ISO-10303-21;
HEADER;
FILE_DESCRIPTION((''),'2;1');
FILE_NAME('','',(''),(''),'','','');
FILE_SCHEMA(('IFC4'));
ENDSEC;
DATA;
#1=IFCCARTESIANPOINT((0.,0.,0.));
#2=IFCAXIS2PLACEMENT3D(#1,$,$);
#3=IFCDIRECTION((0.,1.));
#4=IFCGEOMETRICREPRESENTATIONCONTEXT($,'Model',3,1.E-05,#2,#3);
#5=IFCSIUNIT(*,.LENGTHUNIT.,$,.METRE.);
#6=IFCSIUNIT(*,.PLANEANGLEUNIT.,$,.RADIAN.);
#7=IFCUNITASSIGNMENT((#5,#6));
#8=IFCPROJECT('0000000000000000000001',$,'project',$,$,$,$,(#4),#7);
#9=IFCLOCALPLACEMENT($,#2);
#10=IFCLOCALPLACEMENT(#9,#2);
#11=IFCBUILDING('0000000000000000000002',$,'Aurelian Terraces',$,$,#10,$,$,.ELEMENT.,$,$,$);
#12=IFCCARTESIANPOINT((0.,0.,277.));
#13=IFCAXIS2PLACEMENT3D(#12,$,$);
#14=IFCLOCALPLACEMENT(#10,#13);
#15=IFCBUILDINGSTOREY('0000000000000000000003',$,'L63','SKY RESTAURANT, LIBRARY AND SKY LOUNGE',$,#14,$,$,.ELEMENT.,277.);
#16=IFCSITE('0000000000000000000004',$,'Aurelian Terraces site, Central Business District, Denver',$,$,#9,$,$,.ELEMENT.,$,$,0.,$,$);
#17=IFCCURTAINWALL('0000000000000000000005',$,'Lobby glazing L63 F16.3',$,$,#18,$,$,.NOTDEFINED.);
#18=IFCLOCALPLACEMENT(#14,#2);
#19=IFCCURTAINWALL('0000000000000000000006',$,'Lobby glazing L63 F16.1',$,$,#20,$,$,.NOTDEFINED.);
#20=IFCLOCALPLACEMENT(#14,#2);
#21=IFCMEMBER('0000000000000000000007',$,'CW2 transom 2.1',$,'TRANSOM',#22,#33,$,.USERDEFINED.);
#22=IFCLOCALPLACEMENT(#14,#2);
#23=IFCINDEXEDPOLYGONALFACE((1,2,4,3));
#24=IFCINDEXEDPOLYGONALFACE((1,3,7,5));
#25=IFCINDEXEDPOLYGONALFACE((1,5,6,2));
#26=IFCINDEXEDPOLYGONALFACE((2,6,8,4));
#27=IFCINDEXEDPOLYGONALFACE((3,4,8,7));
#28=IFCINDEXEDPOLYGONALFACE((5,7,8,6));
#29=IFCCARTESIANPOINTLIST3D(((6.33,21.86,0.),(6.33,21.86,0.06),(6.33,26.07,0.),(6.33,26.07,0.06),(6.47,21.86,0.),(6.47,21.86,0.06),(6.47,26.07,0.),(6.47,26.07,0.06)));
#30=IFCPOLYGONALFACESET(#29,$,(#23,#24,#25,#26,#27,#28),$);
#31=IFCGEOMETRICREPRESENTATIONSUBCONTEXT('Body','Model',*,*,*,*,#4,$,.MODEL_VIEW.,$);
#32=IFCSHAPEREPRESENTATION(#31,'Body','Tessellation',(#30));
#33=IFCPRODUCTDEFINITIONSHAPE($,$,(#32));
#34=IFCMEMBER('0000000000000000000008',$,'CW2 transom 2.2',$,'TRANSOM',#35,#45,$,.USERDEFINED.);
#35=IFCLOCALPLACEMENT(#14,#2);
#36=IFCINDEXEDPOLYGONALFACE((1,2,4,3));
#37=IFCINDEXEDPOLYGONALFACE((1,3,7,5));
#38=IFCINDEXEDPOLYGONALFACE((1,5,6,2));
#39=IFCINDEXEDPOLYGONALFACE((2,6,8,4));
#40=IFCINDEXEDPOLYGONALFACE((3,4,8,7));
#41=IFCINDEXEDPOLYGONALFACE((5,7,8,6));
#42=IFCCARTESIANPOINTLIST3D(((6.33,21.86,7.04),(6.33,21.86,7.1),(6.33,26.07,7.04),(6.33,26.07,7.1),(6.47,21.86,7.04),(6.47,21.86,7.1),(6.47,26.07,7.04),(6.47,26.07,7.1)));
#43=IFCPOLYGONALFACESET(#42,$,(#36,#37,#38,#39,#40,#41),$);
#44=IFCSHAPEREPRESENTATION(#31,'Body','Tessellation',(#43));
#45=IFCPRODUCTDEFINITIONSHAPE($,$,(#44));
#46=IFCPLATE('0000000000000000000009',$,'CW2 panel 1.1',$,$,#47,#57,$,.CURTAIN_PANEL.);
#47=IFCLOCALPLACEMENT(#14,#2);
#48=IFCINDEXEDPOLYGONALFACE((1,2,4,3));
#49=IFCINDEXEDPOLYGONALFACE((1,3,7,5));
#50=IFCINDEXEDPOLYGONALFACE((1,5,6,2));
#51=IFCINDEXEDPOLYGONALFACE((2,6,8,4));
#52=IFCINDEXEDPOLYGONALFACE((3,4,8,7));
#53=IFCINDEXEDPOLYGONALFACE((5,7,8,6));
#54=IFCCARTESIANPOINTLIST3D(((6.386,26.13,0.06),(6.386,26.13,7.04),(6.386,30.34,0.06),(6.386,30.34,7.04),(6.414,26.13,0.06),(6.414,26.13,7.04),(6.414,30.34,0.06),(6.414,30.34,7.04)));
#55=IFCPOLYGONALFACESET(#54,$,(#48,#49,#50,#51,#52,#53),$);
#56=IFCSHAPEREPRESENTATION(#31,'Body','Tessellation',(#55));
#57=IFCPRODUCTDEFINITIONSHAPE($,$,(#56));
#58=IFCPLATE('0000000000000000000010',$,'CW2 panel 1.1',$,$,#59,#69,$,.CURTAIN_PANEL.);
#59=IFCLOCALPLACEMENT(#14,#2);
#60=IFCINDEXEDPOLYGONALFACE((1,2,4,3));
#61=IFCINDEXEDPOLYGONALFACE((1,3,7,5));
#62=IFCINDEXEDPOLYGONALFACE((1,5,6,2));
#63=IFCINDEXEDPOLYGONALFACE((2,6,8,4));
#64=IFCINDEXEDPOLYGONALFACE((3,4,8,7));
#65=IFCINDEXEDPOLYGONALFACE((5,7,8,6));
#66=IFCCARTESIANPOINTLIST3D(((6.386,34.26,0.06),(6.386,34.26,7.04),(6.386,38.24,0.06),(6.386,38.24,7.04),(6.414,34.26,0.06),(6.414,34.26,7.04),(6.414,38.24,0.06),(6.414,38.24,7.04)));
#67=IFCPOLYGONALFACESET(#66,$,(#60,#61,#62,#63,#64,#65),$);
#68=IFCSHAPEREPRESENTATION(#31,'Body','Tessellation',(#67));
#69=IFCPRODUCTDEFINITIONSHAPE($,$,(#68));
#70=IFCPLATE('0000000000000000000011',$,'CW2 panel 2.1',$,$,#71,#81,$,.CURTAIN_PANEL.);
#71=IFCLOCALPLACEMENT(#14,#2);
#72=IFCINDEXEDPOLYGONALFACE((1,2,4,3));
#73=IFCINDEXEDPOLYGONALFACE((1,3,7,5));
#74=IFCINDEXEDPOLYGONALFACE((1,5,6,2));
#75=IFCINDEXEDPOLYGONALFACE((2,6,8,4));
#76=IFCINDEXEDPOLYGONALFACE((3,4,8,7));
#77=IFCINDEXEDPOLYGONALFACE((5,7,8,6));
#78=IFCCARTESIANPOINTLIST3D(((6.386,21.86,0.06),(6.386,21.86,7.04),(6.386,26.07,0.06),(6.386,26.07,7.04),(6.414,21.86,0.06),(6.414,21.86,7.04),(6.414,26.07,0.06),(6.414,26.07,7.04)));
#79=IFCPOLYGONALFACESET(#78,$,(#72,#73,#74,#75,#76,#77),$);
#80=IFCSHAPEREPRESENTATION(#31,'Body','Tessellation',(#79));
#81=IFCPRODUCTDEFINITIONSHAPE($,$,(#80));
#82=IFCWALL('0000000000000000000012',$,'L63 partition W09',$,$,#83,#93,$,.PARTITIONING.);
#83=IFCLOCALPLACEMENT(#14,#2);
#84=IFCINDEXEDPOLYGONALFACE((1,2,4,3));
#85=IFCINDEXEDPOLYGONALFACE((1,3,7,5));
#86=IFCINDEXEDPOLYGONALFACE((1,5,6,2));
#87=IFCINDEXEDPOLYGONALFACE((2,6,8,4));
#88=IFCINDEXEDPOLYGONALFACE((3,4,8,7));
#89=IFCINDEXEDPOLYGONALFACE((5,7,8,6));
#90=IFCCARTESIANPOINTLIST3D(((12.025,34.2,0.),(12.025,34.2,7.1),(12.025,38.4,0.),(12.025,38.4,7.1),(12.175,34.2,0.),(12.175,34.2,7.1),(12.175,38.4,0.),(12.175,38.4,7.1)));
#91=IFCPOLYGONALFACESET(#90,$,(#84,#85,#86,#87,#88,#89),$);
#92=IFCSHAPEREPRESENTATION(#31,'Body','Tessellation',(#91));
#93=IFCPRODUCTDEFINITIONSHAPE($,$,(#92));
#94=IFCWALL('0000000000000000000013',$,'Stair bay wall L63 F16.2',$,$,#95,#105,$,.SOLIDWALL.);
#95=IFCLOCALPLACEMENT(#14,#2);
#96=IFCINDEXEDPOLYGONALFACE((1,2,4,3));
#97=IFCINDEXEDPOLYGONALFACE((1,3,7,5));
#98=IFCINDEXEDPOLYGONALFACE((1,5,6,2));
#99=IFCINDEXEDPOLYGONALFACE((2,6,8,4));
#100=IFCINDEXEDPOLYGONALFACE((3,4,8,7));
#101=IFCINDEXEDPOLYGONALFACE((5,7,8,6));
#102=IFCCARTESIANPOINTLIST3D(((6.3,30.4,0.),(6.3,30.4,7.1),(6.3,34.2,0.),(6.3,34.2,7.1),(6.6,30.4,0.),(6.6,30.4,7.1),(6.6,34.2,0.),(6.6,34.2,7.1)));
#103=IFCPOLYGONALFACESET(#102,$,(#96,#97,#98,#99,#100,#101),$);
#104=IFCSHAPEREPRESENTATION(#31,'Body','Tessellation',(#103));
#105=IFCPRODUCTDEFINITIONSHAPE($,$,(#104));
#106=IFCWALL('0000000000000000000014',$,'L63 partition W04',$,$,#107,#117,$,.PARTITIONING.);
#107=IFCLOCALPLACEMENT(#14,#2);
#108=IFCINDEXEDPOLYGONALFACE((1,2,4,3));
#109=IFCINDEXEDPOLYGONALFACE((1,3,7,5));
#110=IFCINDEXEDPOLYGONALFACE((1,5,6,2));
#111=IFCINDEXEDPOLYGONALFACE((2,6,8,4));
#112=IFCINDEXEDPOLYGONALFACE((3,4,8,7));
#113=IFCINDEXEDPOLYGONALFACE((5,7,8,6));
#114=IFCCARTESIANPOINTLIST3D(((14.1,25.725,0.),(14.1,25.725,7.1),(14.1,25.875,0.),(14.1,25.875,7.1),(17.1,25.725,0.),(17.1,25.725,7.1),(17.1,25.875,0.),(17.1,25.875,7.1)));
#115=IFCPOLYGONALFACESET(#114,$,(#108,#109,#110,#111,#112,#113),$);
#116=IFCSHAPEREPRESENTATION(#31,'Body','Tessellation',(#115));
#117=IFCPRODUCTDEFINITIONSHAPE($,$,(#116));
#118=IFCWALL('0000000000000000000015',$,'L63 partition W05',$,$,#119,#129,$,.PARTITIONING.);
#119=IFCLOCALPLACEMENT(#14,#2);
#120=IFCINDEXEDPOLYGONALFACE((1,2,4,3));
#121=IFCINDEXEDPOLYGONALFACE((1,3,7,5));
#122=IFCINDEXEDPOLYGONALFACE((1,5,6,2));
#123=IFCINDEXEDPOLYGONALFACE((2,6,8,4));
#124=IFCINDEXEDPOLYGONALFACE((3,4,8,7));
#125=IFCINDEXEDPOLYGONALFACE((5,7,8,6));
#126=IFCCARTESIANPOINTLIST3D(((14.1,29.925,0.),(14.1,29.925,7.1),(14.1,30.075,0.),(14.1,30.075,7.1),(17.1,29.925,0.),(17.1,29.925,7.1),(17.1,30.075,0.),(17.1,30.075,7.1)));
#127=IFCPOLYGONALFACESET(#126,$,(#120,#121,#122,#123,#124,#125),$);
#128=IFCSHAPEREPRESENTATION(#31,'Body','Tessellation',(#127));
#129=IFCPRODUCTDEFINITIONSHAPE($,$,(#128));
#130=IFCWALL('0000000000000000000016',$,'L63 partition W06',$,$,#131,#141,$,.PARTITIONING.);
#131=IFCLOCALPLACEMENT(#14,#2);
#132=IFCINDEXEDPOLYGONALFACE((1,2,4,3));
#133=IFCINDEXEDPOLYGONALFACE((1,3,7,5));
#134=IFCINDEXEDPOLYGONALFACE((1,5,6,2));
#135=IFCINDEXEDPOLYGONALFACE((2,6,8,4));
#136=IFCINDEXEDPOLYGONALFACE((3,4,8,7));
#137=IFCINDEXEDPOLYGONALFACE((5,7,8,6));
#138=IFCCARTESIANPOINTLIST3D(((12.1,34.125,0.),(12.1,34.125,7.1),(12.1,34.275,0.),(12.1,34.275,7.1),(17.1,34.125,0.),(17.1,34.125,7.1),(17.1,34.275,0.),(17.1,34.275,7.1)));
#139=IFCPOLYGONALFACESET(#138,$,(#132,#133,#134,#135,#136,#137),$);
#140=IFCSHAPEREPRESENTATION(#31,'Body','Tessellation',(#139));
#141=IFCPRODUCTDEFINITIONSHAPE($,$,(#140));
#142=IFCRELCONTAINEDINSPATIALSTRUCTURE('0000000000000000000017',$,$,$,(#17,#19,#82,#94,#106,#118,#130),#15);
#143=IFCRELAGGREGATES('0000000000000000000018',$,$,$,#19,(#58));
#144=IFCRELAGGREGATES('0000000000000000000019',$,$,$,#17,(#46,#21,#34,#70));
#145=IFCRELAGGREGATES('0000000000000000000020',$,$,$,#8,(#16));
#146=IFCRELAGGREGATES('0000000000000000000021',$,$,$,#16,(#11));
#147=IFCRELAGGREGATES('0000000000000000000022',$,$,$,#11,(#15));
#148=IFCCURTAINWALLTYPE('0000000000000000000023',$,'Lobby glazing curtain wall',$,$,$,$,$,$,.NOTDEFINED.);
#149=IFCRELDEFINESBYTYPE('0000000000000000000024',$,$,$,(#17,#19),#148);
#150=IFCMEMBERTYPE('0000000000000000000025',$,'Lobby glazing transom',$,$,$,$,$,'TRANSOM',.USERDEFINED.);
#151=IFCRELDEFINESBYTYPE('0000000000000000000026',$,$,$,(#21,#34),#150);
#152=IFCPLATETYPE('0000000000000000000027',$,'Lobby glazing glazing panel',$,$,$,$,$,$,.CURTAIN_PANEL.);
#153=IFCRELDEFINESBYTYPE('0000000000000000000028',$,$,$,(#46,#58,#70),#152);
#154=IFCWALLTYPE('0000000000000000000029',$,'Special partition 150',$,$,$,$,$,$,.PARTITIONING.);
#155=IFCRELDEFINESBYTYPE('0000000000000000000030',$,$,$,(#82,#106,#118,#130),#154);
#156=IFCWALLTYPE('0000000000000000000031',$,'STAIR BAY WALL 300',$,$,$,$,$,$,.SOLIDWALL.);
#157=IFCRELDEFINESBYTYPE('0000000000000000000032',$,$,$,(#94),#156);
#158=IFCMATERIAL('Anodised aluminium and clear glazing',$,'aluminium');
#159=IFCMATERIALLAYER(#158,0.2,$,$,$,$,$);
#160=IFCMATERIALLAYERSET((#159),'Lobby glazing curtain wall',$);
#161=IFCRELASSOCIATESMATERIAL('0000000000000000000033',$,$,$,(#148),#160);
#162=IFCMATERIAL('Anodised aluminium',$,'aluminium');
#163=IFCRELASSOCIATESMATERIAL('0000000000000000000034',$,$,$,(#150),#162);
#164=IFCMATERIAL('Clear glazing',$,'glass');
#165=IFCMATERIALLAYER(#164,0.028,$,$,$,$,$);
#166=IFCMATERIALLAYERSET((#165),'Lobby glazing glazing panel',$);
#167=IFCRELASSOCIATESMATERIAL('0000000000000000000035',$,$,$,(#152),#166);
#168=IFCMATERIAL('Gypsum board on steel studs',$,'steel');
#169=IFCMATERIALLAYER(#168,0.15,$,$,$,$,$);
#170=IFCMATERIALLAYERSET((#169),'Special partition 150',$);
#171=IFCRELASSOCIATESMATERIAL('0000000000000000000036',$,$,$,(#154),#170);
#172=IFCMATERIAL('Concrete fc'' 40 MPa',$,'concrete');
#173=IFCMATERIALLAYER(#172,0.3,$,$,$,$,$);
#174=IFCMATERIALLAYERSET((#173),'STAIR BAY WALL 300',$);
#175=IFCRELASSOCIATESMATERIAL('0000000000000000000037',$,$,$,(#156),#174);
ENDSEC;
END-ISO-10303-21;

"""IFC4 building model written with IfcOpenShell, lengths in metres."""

from ifc_helpers import new_model, si_unit, direction, frame, frame_2d, origin, origin_2d, place, context, subcontext, project, spatial, rectangle, extrude, source, transform, mapped, material, layer, layer_set, material_profile, profile_set, type_object, element, aggregate, save


model = new_model("IFC4")

# Units and contexts
model_context = context("Model", 3, precision=1e-05, world=origin(), true_north=direction((0.0, 1.0)))
body_context = subcontext(model_context, "Body", "Model", "MODEL_VIEW")
ifc_project = project(units=[si_unit("LENGTHUNIT", "METRE"), si_unit("PLANEANGLEUNIT", "RADIAN")], contexts=[model_context])

# Site, building, storey
site_placement = place(None, origin())
site = spatial("IfcSite", under=ifc_project, at=site_placement, Name="Aurelian Terraces site, Central Business District, Denver", CompositionType="ELEMENT", RefElevation=0.0)
building_placement = place(site_placement, origin())
building = spatial("IfcBuilding", under=site, at=building_placement, Name="Aurelian Terraces", CompositionType="ELEMENT")
storey_placement = place(building_placement, frame((0.0, 0.0, 277.0)))
storey = spatial("IfcBuildingStorey", under=building, at=storey_placement, Name="L63", Description="SKY RESTAURANT, LIBRARY AND SKY LOUNGE", CompositionType="ELEMENT", Elevation=277.0)

# Curtain wall
ifc_material_1 = material(Name="Anodised aluminium and clear glazing", Category="aluminium")
ifc_layer_1 = layer(ifc_material_1, 0.2)
ifc_layer_set_1 = layer_set([ifc_layer_1], Name="Lobby glazing curtain wall")
curtain_wall_type = type_object("IfcCurtainWallType", Name="Lobby glazing curtain wall", PredefinedType="NOTDEFINED", material=ifc_layer_set_1)
curtain_wall_1_placement = place(storey_placement, origin())
curtain_wall_1 = element("IfcCurtainWall", 1, at=curtain_wall_1_placement, inside=storey, type_object=curtain_wall_type, Name="Lobby glazing L63 F16.3", PredefinedType="NOTDEFINED")
ifc_material_2 = material(Name="Anodised aluminium", Category="aluminium")
ifc_material_profile_1 = material_profile(ifc_material_2, rectangle(XDim=0.14, YDim=0.06, at=origin_2d()))
ifc_profile_set_1 = profile_set([ifc_material_profile_1], Name="Anodised aluminium")
member_type_1 = type_object("IfcMemberType", Name="Lobby glazing transom", ElementType="TRANSOM", PredefinedType="USERDEFINED", material=ifc_profile_set_1)

# Curtain wall
curtain_wall_2_placement = place(storey_placement, origin())
curtain_wall_2 = element("IfcCurtainWall", 2, at=curtain_wall_2_placement, inside=storey, type_object=curtain_wall_type, Name="Lobby glazing L63 F16.1", PredefinedType="NOTDEFINED")

# Members
shared_shape_1 = source(origin(), body_context, "Body", "SweptSolid", [
    extrude(rectangle(XDim=0.14, YDim=0.06, at=origin_2d()), origin(), (0.0, 0.0, 1.0), 4.21),
])
member_1_placement = place(storey_placement, frame((6.4, 26.07, 0.03), z_axis=(0.0, -1.0, 0.0), x_axis=(1.0, 0.0, 0.0)))
member_1 = element("IfcMember", 3, at=member_1_placement, type_object=member_type_1, Name="CW2 transom 2.1", ObjectType="TRANSOM", PredefinedType="USERDEFINED", context=body_context, shape_type="MappedRepresentation", body=[
    mapped(shared_shape_1, transform((0.0, 0.0, 0.0), scale=1.0)),
])
member_2_placement = place(storey_placement, frame((6.4, 26.07, 7.07), z_axis=(0.0, -1.0, 0.0), x_axis=(1.0, 0.0, 0.0)))
member_2 = element("IfcMember", 4, at=member_2_placement, type_object=member_type_1, Name="CW2 transom 2.2", ObjectType="TRANSOM", PredefinedType="USERDEFINED", context=body_context, shape_type="MappedRepresentation", body=[
    mapped(shared_shape_1, transform((0.0, 0.0, 0.0), scale=1.0)),
])

# Plates
ifc_material_3 = material(Name="Clear glazing", Category="glass")
ifc_layer_2 = layer(ifc_material_3, 0.028)
ifc_layer_set_2 = layer_set([ifc_layer_2], Name="Lobby glazing glazing panel")
plate_type = type_object("IfcPlateType", Name="Lobby glazing glazing panel", PredefinedType="CURTAIN_PANEL", material=ifc_layer_set_2)
plate_1_placement = place(storey_placement, frame((6.4, 28.235, 0.06), z_axis=(0.0, 0.0, 1.0), x_axis=(0.0, -1.0, 0.0)))
plate_1 = element("IfcPlate", 5, at=plate_1_placement, type_object=plate_type, Name="CW2 panel 1.1", PredefinedType="CURTAIN_PANEL", context=body_context, shape_type="SweptSolid", body=[
    extrude(rectangle(XDim=4.21, YDim=0.028, at=origin_2d()), origin(), (0.0, 0.0, 1.0), 6.98),
])
shared_shape_2 = source(origin(), body_context, "Body", "SweptSolid", [
    extrude(rectangle(XDim=3.98, YDim=0.028, at=origin_2d()), origin(), (0.0, 0.0, 1.0), 6.98),
])
plate_2_placement = place(storey_placement, frame((6.4, 36.25, 0.06), z_axis=(0.0, 0.0, 1.0), x_axis=(0.0, -1.0, 0.0)))
plate_2 = element("IfcPlate", 6, at=plate_2_placement, type_object=plate_type, Name="CW2 panel 1.1", PredefinedType="CURTAIN_PANEL", context=body_context, shape_type="MappedRepresentation", body=[
    mapped(shared_shape_2, transform((0.0, 0.0, 0.0), scale=1.0)),
])
aggregate(curtain_wall_2, [plate_2])
shared_shape_3 = source(origin(), body_context, "Body", "SweptSolid", [
    extrude(rectangle(XDim=4.21, YDim=0.028, at=origin_2d()), origin(), (0.0, 0.0, 1.0), 6.98),
])
plate_3_placement = place(storey_placement, frame((6.4, 23.965, 0.06), z_axis=(0.0, 0.0, 1.0), x_axis=(0.0, -1.0, 0.0)))
plate_3 = element("IfcPlate", 7, at=plate_3_placement, type_object=plate_type, Name="CW2 panel 2.1", PredefinedType="CURTAIN_PANEL", context=body_context, shape_type="MappedRepresentation", body=[
    mapped(shared_shape_3, transform((0.0, 0.0, 0.0), scale=1.0)),
])
aggregate(curtain_wall_1, [plate_1, member_1, member_2, plate_3])

# Walls
ifc_material_4 = material(Name="Gypsum board on steel studs", Category="steel")
ifc_layer_3 = layer(ifc_material_4, 0.15)
ifc_layer_set_3 = layer_set([ifc_layer_3], Name="Special partition 150")
wall_type_1 = type_object("IfcWallType", Name="Special partition 150", PredefinedType="PARTITIONING", material=ifc_layer_set_3)
wall_1_placement = place(storey_placement, frame((12.1, 34.2, 0.0), z_axis=(0.0, 0.0, 1.0), x_axis=(0.0, 1.0, 0.0)))
element("IfcWall", 8, at=wall_1_placement, inside=storey, type_object=wall_type_1, Name="L63 partition W09", PredefinedType="PARTITIONING", context=body_context, shape_type="SweptSolid", body=[
    extrude(rectangle(XDim=4.2, YDim=0.15, at=frame_2d((2.1, 0.0))), origin(), (0.0, 0.0, 1.0), 7.1),
])
ifc_material_5 = material(Name="Concrete fc' 40 MPa", Category="concrete")
ifc_layer_4 = layer(ifc_material_5, 0.3)
ifc_layer_set_4 = layer_set([ifc_layer_4], Name="STAIR BAY WALL 300")
wall_type_2 = type_object("IfcWallType", Name="STAIR BAY WALL 300", PredefinedType="SOLIDWALL", material=ifc_layer_set_4)
shared_shape_4 = source(origin(), body_context, "Body", "SweptSolid", [
    extrude(rectangle(XDim=3.8, YDim=0.3, at=frame_2d((1.9, 0.0))), origin(), (0.0, 0.0, 1.0), 7.1),
])
wall_2_placement = place(storey_placement, frame((6.45, 34.2, 0.0), z_axis=(0.0, 0.0, 1.0), x_axis=(0.0, -1.0, 0.0)))
element("IfcWall", 9, at=wall_2_placement, inside=storey, type_object=wall_type_2, Name="Stair bay wall L63 F16.2", PredefinedType="SOLIDWALL", context=body_context, shape_type="MappedRepresentation", body=[
    mapped(shared_shape_4, transform((0.0, 0.0, 0.0), scale=1.0)),
])
shared_shape_5 = source(origin(), body_context, "Body", "SweptSolid", [
    extrude(rectangle(XDim=3.0, YDim=0.15, at=frame_2d((1.5, 0.0))), origin(), (0.0, 0.0, 1.0), 7.1),
])
for number, where, z_axis, x_axis, name in (
    (10, (14.1, 25.8, 0.0), (0.0, 0.0, 1.0), (1.0, 0.0, 0.0), "L63 partition W04"),
    (11, (14.1, 30.0, 0.0), (0.0, 0.0, 1.0), (1.0, 0.0, 0.0), "L63 partition W05"),
):
    element("IfcWall", number, at=place(storey_placement, frame(where, z_axis=z_axis, x_axis=x_axis)), inside=storey, type_object=wall_type_1, Name=name, PredefinedType="PARTITIONING", context=body_context, shape_type="MappedRepresentation", body=[
        mapped(shared_shape_5, transform((0.0, 0.0, 0.0), scale=1.0)),
    ])
shared_shape_6 = source(origin(), body_context, "Body", "SweptSolid", [
    extrude(rectangle(XDim=5.0, YDim=0.15, at=frame_2d((2.5, 0.0))), origin(), (0.0, 0.0, 1.0), 7.1),
])
wall_3_placement = place(storey_placement, frame((12.1, 34.2, 0.0), z_axis=(0.0, 0.0, 1.0), x_axis=(1.0, 0.0, 0.0)))
element("IfcWall", 12, at=wall_3_placement, inside=storey, type_object=wall_type_1, Name="L63 partition W06", PredefinedType="PARTITIONING", context=body_context, shape_type="MappedRepresentation", body=[
    mapped(shared_shape_6, transform((0.0, 0.0, 0.0), scale=1.0)),
])

save(model, "model.ifc")
